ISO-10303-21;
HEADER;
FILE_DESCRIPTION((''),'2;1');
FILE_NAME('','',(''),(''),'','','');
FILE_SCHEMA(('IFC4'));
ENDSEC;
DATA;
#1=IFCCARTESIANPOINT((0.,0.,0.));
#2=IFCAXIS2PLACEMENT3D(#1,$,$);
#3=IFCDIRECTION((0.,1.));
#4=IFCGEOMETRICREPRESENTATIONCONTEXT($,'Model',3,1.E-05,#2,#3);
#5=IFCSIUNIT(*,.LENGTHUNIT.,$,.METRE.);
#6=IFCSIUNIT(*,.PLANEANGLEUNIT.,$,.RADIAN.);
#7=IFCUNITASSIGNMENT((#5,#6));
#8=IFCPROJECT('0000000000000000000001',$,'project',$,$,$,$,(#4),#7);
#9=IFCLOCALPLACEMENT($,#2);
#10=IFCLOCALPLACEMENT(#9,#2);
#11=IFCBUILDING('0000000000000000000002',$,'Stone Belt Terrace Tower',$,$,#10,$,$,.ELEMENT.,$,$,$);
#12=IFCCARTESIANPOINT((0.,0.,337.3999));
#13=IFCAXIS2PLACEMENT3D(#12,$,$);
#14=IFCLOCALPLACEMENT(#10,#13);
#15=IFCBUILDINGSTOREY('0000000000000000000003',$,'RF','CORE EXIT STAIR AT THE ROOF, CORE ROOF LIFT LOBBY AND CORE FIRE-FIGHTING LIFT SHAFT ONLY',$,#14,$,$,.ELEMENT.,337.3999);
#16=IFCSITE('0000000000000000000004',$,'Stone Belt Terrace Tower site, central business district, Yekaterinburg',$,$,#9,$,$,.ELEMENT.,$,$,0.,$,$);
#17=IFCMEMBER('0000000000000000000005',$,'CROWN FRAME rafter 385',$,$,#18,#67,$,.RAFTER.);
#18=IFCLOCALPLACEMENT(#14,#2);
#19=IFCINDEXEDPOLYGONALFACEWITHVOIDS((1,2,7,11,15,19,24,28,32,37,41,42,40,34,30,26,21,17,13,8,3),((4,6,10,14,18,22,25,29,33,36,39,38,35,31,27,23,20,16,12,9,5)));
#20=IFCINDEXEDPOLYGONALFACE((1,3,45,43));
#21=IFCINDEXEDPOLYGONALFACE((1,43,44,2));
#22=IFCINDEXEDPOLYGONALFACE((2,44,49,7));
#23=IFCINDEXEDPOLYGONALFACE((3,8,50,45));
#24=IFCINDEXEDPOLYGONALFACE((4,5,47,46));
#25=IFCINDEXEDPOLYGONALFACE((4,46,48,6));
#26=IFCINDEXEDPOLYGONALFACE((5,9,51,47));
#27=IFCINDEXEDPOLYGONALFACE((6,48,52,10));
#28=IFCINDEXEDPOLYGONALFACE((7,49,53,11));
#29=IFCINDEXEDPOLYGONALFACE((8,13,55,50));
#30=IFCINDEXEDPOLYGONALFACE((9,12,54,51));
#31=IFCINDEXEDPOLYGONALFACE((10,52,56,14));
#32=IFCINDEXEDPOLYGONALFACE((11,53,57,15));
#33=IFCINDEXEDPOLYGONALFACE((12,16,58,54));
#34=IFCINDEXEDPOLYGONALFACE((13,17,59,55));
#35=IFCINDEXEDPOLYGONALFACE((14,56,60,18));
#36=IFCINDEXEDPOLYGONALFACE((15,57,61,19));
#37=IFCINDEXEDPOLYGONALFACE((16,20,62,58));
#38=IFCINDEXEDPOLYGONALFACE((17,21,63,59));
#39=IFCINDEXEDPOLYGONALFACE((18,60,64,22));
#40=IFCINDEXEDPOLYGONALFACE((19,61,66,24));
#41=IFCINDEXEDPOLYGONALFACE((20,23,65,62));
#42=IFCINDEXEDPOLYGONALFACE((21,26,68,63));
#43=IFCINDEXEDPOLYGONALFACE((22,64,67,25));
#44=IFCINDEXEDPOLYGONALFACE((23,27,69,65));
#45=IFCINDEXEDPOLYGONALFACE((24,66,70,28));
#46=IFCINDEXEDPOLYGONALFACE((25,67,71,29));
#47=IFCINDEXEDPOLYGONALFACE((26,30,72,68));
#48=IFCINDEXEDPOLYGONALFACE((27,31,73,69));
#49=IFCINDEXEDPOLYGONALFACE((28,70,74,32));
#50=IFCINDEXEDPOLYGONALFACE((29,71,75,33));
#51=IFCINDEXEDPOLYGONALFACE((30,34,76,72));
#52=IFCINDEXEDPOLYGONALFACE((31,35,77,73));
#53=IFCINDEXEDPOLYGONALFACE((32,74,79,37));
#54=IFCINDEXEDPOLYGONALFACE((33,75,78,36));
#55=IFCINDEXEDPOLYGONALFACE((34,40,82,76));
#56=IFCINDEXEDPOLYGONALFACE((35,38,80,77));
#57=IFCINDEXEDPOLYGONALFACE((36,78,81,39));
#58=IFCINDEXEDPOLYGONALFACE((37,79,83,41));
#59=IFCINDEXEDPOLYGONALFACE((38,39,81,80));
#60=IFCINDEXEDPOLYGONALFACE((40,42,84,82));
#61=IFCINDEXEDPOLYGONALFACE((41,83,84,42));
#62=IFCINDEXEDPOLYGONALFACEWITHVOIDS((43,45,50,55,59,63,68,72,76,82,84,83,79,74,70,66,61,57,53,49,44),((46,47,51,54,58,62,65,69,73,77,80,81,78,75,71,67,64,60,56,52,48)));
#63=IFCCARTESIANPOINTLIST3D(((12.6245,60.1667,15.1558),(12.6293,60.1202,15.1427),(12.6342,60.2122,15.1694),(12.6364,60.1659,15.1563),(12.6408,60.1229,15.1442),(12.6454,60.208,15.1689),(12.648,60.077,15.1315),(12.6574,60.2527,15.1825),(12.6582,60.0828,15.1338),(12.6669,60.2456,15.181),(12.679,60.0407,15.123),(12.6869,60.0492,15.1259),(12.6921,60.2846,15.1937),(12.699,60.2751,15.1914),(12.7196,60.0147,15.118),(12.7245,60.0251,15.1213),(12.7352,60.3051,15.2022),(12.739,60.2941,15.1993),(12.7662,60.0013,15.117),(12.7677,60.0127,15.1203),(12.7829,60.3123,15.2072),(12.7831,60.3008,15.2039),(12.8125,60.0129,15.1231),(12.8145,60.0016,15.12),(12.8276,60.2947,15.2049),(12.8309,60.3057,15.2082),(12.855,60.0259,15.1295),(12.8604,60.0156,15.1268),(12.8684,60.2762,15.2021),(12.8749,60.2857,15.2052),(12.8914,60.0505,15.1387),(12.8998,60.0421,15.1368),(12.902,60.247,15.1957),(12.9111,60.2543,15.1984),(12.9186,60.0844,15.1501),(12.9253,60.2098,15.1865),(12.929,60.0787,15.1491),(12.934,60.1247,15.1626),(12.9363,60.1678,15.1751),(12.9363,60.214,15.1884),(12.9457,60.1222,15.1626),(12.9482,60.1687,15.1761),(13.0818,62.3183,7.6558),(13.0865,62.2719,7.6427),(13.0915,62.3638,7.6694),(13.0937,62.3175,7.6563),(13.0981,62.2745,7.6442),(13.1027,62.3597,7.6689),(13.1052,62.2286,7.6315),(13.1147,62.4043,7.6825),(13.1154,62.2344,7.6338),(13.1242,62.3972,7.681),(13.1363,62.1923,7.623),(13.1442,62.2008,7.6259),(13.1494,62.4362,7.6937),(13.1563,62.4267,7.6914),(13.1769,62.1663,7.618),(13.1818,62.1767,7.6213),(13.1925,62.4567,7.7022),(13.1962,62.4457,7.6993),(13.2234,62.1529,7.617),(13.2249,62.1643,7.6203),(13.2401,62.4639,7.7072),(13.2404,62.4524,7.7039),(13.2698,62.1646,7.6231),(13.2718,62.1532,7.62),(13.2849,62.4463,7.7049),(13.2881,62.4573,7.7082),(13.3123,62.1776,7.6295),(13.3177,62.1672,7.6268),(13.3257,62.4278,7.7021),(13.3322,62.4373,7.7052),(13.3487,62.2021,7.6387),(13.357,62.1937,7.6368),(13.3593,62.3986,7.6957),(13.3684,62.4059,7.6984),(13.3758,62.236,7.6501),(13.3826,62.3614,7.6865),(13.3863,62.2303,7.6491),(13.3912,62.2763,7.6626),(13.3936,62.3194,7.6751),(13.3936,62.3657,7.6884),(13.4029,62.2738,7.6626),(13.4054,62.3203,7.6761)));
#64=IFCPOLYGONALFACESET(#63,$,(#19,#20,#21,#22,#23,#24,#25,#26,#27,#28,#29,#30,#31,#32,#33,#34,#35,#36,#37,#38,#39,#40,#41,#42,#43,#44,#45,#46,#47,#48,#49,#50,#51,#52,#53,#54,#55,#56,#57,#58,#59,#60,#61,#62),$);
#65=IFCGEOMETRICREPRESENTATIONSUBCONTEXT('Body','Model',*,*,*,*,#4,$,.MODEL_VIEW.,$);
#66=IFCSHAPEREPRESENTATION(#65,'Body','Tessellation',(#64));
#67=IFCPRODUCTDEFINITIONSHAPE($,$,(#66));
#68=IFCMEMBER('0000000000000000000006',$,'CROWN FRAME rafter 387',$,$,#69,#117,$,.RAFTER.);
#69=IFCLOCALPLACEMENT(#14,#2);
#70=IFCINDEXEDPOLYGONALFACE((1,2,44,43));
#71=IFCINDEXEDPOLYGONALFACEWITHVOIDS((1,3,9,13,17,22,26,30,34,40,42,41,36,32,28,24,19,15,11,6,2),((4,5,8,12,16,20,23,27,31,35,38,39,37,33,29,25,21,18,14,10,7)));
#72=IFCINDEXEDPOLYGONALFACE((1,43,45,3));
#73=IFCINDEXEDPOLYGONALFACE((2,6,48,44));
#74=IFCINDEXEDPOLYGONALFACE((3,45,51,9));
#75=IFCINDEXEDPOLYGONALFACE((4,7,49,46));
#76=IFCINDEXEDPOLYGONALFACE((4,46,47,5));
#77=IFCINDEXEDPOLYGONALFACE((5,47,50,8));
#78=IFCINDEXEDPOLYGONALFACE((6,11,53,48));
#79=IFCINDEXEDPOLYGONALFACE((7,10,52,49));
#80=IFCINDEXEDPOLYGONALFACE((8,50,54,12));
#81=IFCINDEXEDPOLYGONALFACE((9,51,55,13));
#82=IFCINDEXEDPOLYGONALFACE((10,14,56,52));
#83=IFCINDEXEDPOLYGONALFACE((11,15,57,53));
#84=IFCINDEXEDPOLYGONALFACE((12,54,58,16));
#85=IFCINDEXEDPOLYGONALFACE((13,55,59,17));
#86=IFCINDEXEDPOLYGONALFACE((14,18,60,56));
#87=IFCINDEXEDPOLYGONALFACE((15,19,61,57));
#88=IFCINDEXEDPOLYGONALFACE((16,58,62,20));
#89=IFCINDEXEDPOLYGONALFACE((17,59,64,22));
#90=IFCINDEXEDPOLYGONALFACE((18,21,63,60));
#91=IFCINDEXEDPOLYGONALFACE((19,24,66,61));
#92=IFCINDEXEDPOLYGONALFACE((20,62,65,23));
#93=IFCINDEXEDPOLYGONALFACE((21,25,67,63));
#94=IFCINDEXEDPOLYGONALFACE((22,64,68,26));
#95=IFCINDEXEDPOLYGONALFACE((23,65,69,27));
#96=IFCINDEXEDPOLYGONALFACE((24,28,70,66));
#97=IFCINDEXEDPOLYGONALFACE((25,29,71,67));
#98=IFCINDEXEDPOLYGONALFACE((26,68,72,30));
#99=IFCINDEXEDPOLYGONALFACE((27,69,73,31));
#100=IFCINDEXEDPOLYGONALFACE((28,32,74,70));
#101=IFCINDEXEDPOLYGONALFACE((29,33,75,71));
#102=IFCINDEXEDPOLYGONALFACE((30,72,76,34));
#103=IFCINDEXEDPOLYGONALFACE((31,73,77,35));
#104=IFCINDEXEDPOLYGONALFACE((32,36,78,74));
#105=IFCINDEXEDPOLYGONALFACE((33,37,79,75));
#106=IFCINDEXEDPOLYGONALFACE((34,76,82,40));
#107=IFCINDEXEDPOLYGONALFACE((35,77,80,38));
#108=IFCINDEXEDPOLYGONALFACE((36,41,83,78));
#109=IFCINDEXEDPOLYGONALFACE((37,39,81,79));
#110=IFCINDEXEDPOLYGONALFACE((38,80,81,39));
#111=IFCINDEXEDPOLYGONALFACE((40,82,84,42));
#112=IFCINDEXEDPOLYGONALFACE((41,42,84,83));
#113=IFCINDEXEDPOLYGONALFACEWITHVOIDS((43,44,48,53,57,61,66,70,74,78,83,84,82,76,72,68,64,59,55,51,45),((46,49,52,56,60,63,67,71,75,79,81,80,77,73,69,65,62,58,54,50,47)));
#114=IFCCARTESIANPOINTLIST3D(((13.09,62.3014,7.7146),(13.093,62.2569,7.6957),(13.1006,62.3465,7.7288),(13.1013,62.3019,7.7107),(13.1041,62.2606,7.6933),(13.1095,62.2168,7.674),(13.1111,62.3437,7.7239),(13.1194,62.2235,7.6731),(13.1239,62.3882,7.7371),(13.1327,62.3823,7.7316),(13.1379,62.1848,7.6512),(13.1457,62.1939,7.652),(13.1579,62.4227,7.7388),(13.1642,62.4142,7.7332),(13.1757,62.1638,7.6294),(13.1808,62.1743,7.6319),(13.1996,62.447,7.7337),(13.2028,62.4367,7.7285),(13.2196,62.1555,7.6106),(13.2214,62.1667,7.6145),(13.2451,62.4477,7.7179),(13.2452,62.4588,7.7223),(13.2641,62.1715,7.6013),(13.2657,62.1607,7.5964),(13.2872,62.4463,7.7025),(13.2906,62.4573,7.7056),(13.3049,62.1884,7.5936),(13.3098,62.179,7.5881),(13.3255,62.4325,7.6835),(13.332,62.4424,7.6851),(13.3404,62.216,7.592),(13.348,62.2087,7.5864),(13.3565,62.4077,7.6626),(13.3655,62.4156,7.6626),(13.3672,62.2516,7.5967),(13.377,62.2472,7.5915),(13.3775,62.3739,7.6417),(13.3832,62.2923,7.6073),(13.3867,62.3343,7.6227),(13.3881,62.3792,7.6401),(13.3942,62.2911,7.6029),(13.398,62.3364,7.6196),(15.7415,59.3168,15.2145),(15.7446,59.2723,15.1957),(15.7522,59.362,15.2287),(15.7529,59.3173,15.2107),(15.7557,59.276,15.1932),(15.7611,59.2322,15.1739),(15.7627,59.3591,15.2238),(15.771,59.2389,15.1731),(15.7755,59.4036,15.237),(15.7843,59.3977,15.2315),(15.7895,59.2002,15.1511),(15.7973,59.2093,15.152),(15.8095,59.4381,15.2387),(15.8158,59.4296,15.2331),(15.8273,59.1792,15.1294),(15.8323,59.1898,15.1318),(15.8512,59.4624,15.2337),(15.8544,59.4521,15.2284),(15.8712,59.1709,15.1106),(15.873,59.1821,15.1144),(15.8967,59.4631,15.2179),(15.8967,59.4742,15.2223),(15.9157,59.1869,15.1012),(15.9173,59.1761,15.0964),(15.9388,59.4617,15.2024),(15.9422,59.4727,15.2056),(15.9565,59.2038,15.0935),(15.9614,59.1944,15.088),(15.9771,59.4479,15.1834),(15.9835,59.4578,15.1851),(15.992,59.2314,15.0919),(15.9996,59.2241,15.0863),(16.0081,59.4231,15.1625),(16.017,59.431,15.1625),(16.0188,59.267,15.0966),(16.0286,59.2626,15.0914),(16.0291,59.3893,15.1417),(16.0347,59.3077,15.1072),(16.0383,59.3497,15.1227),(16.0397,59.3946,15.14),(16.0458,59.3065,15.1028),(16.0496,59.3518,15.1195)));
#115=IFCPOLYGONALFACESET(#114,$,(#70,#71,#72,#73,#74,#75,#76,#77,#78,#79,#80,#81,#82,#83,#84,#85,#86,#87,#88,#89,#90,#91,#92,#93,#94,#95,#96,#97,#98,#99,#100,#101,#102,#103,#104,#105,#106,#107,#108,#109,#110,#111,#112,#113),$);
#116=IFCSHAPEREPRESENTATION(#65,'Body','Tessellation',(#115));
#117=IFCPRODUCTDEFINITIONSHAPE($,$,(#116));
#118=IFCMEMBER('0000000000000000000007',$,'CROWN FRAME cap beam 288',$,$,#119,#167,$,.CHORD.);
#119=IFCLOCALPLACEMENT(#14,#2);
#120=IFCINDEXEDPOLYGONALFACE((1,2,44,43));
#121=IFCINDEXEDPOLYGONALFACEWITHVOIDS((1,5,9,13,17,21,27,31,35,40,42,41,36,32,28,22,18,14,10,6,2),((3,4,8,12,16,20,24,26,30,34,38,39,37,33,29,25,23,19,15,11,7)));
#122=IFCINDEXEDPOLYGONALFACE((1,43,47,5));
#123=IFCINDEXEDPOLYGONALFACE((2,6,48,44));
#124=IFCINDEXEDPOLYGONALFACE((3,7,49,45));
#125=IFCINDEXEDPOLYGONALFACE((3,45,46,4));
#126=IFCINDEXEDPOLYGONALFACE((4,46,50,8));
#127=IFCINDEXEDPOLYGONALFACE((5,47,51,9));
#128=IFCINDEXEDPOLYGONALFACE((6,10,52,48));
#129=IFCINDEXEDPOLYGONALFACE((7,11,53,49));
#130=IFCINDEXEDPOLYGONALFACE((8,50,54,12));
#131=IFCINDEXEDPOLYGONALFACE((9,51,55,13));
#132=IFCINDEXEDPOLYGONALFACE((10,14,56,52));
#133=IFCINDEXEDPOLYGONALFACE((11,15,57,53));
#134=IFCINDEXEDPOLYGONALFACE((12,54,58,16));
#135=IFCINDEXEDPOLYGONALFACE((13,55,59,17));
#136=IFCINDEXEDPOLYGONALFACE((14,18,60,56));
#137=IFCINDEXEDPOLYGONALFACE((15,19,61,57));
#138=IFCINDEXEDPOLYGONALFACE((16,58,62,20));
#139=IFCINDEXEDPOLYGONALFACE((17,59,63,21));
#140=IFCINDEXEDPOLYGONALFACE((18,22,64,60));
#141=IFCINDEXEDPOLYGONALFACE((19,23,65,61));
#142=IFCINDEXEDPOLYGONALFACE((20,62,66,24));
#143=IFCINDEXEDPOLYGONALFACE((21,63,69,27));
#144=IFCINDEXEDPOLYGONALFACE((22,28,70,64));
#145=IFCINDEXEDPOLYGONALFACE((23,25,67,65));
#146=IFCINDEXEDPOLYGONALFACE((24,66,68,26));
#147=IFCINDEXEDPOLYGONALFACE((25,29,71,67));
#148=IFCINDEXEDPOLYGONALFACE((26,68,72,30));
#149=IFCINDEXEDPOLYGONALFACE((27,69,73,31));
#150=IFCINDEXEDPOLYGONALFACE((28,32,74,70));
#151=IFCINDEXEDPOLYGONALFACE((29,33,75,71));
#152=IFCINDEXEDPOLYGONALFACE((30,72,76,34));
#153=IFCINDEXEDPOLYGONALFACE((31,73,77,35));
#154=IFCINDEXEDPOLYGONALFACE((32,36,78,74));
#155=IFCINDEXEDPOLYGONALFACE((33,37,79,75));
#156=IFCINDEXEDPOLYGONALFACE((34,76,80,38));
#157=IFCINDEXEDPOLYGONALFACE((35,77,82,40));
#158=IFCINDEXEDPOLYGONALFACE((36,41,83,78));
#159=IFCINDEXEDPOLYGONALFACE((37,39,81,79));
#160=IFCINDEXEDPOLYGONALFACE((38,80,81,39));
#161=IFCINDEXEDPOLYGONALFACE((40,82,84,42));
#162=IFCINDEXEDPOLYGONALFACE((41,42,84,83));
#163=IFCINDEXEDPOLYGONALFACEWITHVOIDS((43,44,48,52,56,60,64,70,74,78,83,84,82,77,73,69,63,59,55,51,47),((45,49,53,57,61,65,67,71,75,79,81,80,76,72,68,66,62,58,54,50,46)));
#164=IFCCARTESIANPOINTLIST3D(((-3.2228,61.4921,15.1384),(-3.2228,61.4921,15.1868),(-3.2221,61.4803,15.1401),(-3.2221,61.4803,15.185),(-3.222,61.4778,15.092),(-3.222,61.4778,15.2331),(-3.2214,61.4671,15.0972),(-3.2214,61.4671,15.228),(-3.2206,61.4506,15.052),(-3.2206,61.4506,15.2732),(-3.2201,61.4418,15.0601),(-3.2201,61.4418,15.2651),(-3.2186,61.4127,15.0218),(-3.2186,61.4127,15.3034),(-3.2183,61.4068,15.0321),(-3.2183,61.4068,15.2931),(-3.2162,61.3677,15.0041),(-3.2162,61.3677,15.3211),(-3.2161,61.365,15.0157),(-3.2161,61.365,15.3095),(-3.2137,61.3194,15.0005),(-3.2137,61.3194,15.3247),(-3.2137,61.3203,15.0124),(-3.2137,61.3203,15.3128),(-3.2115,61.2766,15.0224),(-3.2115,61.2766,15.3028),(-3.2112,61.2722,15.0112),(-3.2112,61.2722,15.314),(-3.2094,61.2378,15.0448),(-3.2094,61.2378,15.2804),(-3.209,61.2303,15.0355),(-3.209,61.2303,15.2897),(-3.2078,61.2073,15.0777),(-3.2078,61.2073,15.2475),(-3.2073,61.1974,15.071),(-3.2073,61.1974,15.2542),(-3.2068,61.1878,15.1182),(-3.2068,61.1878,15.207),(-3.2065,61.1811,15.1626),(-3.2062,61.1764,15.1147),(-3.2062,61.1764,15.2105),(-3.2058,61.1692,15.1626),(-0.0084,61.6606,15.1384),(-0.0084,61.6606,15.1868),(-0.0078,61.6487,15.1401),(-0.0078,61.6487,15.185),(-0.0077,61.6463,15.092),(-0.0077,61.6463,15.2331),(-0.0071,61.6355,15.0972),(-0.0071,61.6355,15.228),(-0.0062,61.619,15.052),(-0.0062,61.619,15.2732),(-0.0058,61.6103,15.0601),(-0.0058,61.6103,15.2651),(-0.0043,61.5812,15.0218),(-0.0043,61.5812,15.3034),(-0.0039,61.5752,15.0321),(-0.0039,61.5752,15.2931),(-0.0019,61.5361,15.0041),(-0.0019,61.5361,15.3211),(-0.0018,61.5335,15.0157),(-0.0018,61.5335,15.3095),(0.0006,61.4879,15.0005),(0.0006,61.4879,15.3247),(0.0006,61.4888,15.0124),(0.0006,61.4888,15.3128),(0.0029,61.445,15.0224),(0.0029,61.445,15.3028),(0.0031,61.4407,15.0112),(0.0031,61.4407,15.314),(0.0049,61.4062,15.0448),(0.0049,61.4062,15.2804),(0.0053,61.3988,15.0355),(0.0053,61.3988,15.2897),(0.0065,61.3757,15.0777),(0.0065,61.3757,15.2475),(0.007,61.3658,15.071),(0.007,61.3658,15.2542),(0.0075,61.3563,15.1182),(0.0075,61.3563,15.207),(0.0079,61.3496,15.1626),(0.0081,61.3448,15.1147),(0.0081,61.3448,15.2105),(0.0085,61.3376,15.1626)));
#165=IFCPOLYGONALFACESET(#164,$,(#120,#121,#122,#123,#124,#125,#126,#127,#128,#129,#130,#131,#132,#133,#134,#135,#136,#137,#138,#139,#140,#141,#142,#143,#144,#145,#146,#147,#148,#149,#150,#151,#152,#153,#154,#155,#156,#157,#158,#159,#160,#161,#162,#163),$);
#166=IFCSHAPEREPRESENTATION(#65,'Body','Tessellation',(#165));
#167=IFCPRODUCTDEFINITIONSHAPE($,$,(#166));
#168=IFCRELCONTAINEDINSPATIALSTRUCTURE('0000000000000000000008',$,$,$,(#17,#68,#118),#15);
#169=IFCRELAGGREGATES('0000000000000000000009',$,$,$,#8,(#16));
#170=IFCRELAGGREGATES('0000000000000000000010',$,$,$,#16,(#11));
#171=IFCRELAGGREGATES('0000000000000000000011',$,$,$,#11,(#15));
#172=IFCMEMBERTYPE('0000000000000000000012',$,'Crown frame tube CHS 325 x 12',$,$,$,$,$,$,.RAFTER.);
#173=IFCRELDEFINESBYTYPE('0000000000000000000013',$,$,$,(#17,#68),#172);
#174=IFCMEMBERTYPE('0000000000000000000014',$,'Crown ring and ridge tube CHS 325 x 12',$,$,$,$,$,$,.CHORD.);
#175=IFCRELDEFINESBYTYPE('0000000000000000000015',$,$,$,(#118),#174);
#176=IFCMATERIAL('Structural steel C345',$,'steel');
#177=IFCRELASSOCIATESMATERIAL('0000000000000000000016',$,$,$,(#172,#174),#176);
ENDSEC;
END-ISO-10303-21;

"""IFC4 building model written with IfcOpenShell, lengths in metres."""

from ifc_helpers import new_model, si_unit, direction, frame, origin, origin_2d, place, context, subcontext, project, spatial, hollow_circle, extrude, material, material_profile, profile_set, type_object, element, save


model = new_model("IFC4")

# Units and contexts
model_context = context("Model", 3, precision=1e-05, world=origin(), true_north=direction((0.0, 1.0)))
body_context = subcontext(model_context, "Body", "Model", "MODEL_VIEW")
ifc_project = project(units=[si_unit("LENGTHUNIT", "METRE"), si_unit("PLANEANGLEUNIT", "RADIAN")], contexts=[model_context])

# Site, building, storey
site_placement = place(None, origin())
site = spatial("IfcSite", under=ifc_project, at=site_placement, Name="Stone Belt Terrace Tower site, central business district, Yekaterinburg", CompositionType="ELEMENT", RefElevation=0.0)
building_placement = place(site_placement, origin())
building = spatial("IfcBuilding", under=site, at=building_placement, Name="Stone Belt Terrace Tower", CompositionType="ELEMENT")
storey_placement = place(building_placement, frame((0.0, 0.0, 337.3999)))
storey = spatial("IfcBuildingStorey", under=building, at=storey_placement, Name="RF", Description="CORE EXIT STAIR AT THE ROOF, CORE ROOF LIFT LOBBY AND CORE FIRE-FIGHTING LIFT SHAFT ONLY", CompositionType="ELEMENT", Elevation=337.3999)

# Members
ifc_material_1 = material(Name="Structural steel C345", Category="steel")
ifc_material_profile_1 = material_profile(ifc_material_1, hollow_circle(Radius=0.1626, WallThickness=0.012, at=origin_2d()), Name="Structural steel C345 CHS 325x12")
ifc_profile_set_1 = profile_set([ifc_material_profile_1], Name="Structural steel C345")
member_type_1 = type_object("IfcMemberType", Name="Crown frame tube CHS 325 x 12", PredefinedType="RAFTER", material=ifc_profile_set_1)
for number, where, z_axis, x_axis, name in (
    (1, (13.2439, 62.3076, 7.6626), (-0.058506, -0.275286, 0.959581), (0.978153, -0.207884, 0.0), "CROWN FRAME rafter 385"),
):
    element("IfcMember", number, at=place(storey_placement, frame(where, z_axis=z_axis, x_axis=x_axis)), inside=storey, type_object=member_type_1, Name=name, PredefinedType="RAFTER", context=body_context, shape_type="SweptSolid", body=[
        extrude(hollow_circle(Radius=0.1626, WallThickness=0.012, at=origin_2d()), origin(), (0.0, 0.0, 1.0), 7.8159),
    ])
member_1_placement = place(storey_placement, frame((13.2439, 62.3076, 7.6626), z_axis=(0.312086, -0.35128, 0.882726), x_axis=(0.747581, 0.66417, 0.0)))
element("IfcMember", 2, at=member_1_placement, inside=storey, type_object=member_type_1, Name="CROWN FRAME rafter 387", PredefinedType="RAFTER", context=body_context, shape_type="SweptSolid", body=[
    extrude(hollow_circle(Radius=0.1626, WallThickness=0.012, at=origin_2d()), origin(), (0.0, 0.0, 1.0), 8.4963),
])
ifc_material_profile_2 = material_profile(ifc_material_1, hollow_circle(Radius=0.1626, WallThickness=0.012, at=origin_2d()), Name="Structural steel C345 CHS 325x12")
ifc_profile_set_2 = profile_set([ifc_material_profile_2], Name="Structural steel C345")
member_type_2 = type_object("IfcMemberType", Name="Crown ring and ridge tube CHS 325 x 12", PredefinedType="CHORD", material=ifc_profile_set_2)
member_2_placement = place(storey_placement, frame((0.0, 61.5, 15.1626), z_axis=(-0.99863, -0.052336, 0.0), x_axis=(0.052336, -0.99863, 0.0)))
element("IfcMember", 3, at=member_2_placement, inside=storey, type_object=member_type_2, Name="CROWN FRAME cap beam 288", PredefinedType="CHORD", context=body_context, shape_type="SweptSolid", body=[
    extrude(hollow_circle(Radius=0.1626, WallThickness=0.012, at=origin_2d()), origin(), (0.0, 0.0, 1.0), 3.2188),
])

save(model, "model.ifc")
